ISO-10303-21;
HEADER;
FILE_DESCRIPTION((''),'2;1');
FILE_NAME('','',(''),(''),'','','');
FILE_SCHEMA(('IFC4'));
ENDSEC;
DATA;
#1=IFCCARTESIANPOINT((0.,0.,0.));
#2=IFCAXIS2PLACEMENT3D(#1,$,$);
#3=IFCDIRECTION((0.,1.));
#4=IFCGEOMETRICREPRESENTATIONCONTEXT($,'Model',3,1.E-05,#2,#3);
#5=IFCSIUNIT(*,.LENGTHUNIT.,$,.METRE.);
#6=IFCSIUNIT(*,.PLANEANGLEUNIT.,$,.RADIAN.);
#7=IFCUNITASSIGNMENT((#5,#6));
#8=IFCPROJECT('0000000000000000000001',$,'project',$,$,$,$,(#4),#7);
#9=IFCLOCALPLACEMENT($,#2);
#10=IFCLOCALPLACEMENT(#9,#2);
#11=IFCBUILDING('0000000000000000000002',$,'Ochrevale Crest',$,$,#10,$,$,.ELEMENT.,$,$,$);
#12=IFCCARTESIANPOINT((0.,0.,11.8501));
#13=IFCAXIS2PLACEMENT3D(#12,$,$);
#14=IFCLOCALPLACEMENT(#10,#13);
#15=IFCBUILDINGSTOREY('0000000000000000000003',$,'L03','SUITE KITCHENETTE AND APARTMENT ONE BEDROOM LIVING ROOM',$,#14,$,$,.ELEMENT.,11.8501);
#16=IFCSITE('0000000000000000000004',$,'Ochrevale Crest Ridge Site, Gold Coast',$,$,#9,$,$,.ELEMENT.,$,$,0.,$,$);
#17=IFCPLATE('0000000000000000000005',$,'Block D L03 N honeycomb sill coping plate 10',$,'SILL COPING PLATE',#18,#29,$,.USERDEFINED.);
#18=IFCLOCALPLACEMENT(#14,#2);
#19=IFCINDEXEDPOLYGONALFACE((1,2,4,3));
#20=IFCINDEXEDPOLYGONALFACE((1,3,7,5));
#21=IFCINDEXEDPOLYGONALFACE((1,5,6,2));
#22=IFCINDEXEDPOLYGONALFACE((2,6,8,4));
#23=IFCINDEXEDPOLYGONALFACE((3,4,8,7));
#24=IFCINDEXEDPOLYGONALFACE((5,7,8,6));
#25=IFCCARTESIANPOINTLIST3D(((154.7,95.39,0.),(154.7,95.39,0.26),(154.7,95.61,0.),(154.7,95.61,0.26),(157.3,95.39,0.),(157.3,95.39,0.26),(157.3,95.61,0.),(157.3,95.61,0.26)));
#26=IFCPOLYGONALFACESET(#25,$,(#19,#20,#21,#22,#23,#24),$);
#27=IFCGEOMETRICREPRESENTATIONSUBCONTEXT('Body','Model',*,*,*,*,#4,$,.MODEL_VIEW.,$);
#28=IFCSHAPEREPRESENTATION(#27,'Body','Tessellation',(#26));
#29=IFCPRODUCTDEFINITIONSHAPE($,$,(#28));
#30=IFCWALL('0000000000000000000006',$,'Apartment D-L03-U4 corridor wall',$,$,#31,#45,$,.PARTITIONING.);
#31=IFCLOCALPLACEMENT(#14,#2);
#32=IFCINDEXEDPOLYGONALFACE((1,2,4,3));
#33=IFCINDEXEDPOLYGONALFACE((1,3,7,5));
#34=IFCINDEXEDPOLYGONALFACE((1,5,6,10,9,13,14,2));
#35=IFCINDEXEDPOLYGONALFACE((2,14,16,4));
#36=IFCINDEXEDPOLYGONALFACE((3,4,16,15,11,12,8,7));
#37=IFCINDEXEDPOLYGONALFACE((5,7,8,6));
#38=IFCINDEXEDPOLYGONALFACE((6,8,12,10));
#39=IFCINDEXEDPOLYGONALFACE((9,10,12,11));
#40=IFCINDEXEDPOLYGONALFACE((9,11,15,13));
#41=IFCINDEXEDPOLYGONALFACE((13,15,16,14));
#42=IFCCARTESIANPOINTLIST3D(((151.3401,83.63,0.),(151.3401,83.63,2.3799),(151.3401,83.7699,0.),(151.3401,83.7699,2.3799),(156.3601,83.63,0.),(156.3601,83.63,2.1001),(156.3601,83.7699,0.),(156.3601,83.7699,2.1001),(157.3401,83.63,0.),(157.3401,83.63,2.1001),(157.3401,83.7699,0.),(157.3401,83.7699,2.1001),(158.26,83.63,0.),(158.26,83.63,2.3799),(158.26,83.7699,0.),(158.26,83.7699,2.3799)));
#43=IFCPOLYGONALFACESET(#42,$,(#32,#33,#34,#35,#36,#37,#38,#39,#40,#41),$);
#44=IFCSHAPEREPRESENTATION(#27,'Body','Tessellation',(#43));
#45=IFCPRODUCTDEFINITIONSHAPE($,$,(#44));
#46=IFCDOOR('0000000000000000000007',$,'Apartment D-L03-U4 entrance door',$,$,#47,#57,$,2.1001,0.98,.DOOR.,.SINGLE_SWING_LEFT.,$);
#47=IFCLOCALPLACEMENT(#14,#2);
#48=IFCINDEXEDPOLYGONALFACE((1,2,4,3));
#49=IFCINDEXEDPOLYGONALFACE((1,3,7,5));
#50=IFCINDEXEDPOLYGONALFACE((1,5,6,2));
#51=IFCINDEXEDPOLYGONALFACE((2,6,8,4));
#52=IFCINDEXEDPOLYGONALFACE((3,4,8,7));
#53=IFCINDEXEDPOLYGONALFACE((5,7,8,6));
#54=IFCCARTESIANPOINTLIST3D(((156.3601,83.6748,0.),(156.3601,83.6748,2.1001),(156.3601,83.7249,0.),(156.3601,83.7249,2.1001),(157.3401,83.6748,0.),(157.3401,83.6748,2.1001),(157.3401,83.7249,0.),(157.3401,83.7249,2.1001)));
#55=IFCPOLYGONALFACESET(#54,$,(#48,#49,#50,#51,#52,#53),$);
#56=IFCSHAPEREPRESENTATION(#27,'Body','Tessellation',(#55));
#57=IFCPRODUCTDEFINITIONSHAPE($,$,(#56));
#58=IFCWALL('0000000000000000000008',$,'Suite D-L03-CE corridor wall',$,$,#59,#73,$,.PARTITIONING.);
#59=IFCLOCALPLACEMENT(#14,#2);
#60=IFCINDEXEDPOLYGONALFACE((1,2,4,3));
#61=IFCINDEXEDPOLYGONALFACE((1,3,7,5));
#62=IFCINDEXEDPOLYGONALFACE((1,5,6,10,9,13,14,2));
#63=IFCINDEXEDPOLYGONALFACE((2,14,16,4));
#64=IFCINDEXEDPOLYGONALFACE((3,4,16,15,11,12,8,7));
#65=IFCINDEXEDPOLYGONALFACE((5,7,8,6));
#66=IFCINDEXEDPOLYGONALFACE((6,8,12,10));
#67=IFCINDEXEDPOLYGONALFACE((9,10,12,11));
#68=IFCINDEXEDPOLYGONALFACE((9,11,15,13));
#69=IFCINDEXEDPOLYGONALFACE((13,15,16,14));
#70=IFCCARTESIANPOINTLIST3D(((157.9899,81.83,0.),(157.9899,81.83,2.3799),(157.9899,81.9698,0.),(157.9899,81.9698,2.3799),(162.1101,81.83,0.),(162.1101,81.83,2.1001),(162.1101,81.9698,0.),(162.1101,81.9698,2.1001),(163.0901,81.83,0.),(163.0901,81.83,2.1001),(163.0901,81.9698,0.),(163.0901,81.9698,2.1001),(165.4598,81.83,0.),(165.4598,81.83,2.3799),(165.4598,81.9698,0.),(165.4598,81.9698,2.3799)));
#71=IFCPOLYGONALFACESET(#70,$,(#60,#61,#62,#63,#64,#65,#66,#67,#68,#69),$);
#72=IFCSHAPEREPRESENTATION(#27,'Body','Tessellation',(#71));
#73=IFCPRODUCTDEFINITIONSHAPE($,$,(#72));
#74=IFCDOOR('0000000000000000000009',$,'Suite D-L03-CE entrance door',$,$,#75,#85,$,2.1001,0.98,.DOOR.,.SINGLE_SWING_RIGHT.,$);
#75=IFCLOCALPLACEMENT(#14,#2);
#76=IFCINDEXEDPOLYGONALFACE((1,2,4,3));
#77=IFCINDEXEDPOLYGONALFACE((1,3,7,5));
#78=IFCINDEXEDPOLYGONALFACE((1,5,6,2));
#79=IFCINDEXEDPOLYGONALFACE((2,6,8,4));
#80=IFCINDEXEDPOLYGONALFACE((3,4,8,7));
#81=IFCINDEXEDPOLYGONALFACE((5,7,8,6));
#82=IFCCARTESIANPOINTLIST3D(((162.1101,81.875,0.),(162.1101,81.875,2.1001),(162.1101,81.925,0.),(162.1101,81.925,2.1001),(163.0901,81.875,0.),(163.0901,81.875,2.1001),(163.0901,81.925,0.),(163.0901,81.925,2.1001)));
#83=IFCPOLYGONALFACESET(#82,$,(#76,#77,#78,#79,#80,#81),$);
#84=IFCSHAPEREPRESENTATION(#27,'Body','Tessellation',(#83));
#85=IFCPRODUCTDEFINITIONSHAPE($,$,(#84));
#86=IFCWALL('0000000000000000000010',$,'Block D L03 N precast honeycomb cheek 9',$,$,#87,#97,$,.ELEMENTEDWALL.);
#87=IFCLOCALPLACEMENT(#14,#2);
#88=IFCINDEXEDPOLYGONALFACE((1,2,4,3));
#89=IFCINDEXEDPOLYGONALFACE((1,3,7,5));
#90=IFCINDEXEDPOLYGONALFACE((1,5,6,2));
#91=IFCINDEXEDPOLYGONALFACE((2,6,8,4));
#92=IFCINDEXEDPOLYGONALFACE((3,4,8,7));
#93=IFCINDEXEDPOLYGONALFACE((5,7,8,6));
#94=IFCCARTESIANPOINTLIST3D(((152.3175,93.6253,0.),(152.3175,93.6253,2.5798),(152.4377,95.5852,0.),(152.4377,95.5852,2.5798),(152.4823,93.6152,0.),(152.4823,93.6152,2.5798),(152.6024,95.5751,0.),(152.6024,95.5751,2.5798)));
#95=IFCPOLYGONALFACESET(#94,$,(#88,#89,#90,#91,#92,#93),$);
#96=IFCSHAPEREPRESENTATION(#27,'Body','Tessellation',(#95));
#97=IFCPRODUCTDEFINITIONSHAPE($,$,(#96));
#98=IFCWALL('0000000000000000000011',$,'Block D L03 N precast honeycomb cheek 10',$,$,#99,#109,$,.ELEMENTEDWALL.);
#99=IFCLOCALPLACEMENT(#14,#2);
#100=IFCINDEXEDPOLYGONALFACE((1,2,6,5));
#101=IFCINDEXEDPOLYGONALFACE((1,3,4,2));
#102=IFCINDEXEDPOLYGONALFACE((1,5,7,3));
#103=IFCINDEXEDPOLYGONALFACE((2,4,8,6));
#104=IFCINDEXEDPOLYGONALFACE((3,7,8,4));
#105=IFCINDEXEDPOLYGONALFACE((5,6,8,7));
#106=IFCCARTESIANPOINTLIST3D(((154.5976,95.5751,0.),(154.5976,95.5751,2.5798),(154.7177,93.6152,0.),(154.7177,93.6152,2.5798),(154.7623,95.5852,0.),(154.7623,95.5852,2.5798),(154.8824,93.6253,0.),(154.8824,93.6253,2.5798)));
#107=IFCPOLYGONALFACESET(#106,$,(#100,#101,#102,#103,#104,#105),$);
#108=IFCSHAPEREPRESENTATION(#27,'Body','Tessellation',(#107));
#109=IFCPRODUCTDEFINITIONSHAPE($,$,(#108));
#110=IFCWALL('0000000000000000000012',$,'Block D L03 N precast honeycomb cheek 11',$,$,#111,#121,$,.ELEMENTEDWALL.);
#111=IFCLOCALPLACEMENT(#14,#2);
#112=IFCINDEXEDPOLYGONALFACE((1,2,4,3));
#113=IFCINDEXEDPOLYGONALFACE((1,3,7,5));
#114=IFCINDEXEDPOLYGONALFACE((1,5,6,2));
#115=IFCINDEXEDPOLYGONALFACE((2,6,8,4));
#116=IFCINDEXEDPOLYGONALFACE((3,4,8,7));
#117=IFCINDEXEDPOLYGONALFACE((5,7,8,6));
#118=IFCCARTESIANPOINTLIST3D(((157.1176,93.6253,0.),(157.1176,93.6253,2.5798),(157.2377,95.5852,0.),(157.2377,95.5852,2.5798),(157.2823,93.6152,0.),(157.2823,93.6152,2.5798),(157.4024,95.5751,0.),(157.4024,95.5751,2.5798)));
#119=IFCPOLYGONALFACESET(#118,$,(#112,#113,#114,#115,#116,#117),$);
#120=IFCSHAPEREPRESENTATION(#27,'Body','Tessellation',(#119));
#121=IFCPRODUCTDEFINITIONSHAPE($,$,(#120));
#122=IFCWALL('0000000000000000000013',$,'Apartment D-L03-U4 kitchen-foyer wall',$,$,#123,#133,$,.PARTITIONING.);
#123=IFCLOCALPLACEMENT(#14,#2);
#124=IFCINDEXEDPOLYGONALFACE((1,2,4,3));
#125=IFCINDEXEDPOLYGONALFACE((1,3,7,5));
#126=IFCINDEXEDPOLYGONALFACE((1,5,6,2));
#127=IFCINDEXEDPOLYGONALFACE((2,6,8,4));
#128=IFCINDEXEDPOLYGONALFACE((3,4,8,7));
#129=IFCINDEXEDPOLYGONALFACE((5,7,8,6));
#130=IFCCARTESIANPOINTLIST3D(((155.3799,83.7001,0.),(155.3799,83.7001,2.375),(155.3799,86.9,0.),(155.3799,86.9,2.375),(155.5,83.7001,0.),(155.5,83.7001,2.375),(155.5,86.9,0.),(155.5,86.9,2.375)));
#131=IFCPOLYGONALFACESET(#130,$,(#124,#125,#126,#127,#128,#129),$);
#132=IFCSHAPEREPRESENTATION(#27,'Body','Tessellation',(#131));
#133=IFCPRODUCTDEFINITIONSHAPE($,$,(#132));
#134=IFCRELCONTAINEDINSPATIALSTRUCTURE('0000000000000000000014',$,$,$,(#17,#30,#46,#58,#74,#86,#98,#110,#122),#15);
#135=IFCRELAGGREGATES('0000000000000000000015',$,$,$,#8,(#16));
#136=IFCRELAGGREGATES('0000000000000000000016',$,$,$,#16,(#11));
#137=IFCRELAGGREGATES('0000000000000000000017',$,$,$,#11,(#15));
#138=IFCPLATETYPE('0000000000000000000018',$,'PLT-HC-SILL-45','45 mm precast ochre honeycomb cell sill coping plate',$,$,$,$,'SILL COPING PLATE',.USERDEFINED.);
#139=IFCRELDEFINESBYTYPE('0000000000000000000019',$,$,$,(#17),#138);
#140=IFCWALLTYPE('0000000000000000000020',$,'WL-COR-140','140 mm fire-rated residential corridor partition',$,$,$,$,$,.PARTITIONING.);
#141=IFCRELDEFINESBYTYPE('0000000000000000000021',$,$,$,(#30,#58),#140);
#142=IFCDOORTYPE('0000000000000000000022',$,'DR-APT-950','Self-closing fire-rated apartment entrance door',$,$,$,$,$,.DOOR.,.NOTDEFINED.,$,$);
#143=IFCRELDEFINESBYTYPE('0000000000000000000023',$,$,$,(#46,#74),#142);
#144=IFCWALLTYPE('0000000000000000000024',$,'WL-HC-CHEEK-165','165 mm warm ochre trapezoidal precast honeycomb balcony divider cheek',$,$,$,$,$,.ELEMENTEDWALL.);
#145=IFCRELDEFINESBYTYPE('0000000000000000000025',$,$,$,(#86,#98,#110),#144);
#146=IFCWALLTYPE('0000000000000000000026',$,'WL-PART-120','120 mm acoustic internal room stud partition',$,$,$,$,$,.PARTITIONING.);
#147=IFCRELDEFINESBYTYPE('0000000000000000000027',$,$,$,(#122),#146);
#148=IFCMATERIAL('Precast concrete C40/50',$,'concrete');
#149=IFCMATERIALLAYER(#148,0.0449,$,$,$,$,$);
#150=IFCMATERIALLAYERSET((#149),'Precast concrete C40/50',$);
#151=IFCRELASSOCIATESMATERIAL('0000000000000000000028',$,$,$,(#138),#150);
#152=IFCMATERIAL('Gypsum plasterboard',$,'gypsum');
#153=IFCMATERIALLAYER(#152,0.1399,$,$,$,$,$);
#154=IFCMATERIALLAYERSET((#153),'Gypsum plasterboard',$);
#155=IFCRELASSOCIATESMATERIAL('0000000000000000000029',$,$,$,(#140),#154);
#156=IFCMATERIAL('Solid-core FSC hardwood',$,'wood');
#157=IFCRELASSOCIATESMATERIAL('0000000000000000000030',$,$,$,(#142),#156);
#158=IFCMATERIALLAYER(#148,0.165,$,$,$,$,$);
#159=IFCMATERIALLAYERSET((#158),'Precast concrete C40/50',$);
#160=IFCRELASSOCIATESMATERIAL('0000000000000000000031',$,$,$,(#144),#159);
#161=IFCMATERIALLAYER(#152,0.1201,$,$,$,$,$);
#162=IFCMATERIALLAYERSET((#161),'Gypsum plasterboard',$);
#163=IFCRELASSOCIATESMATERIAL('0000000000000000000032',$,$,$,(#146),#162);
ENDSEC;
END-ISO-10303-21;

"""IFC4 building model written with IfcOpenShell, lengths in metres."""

from ifc_helpers import new_model, si_unit, direction, frame, frame_2d, origin, origin_2d, place, context, subcontext, project, spatial, rectangle, extrude, material, layer, layer_set, type_object, element, fill, save


model = new_model("IFC4")

# Units and contexts
model_context = context("Model", 3, precision=1e-05, world=origin(), true_north=direction((0.0, 1.0)))
body_context = subcontext(model_context, "Body", "Model", "MODEL_VIEW")
ifc_project = project(units=[si_unit("LENGTHUNIT", "METRE"), si_unit("PLANEANGLEUNIT", "RADIAN")], contexts=[model_context])

# Site, building, storey
site_placement = place(None, origin())
site = spatial("IfcSite", under=ifc_project, at=site_placement, Name="Ochrevale Crest Ridge Site, Gold Coast", CompositionType="ELEMENT", RefElevation=0.0)
building_placement = place(site_placement, origin())
building = spatial("IfcBuilding", under=site, at=building_placement, Name="Ochrevale Crest", CompositionType="ELEMENT")
storey_placement = place(building_placement, frame((0.0, 0.0, 11.8501)))
storey = spatial("IfcBuildingStorey", under=building, at=storey_placement, Name="L03", Description="SUITE KITCHENETTE AND APARTMENT ONE BEDROOM LIVING ROOM", CompositionType="ELEMENT", Elevation=11.8501)

# Shared definitions
ifc_material_1 = material(Name="Precast concrete C40/50", Category="concrete")

# Plate
ifc_layer_1 = layer(ifc_material_1, 0.0449)
ifc_layer_set_1 = layer_set([ifc_layer_1], Name="Precast concrete C40/50")
plate_type_1 = type_object("IfcPlateType", Name="PLT-HC-SILL-45", Description="45 mm precast ochre honeycomb cell sill coping plate", ElementType="SILL COPING PLATE", PredefinedType="USERDEFINED", material=ifc_layer_set_1)
for number, where, z_axis, x_axis, name in (
    (1, (156.0, 95.5, 0.0), (0.0, 0.0, 1.0), (1.0, 0.0, 0.0), "Block D L03 N honeycomb sill coping plate 10"),
):
    element("IfcPlate", number, at=place(storey_placement, frame(where, z_axis=z_axis, x_axis=x_axis)), inside=storey, type_object=plate_type_1, Name=name, ObjectType="SILL COPING PLATE", PredefinedType="USERDEFINED", context=body_context, shape_type="SweptSolid", body=[
        extrude(rectangle(XDim=2.6001, YDim=0.22, at=origin_2d()), origin(), (0.0, 0.0, 1.0), 0.26),
    ])

# Walls, openings, doors
ifc_material_2 = material(Name="Gypsum plasterboard", Category="gypsum")
ifc_layer_2 = layer(ifc_material_2, 0.1399)
ifc_layer_set_2 = layer_set([ifc_layer_2], Name="Gypsum plasterboard")
wall_type_1 = type_object("IfcWallType", Name="WL-COR-140", Description="140 mm fire-rated residential corridor partition", PredefinedType="PARTITIONING", material=ifc_layer_set_2)
wall_1_placement = place(storey_placement, frame((151.3401, 83.7, 0.0), z_axis=(0.0, 0.0, 1.0), x_axis=(1.0, 0.0, 0.0)))
wall_1 = element("IfcWall", 2, at=wall_1_placement, inside=storey, type_object=wall_type_1, Name="Apartment D-L03-U4 corridor wall", PredefinedType="PARTITIONING", context=body_context, shape_type="SweptSolid", body=[
    extrude(rectangle(XDim=6.9199, YDim=0.1399, at=frame_2d((3.46, 0.0))), origin(), (0.0, 0.0, 1.0), 2.3799),
])
opening_1_placement = place(wall_1_placement, frame((5.02, 0.0, 0.0)))
opening_1 = element("IfcOpeningElement", 3, at=opening_1_placement, cuts=wall_1, PredefinedType="OPENING", context=body_context, shape_type="SweptSolid", body=[
    extrude(rectangle(XDim=0.98, YDim=2.1001, at=frame_2d((0.49, 1.05))), frame((0.0, 0.0801, 0.0), z_axis=(0.0, -1.0, 0.0), x_axis=(1.0, 0.0, 0.0)), (0.0, 0.0, 1.0), 0.1599),
])
ifc_material_3 = material(Name="Solid-core FSC hardwood", Category="wood")
door_type_1 = type_object("IfcDoorType", Name="DR-APT-950", Description="Self-closing fire-rated apartment entrance door", OperationType="NOTDEFINED", PredefinedType="DOOR", material=ifc_material_3)
door_1_placement = place(opening_1_placement, origin())
door_1 = element("IfcDoor", 4, at=door_1_placement, inside=storey, type_object=door_type_1, Name="Apartment D-L03-U4 entrance door", OperationType="SINGLE_SWING_LEFT", OverallHeight=2.1001, OverallWidth=0.98, PredefinedType="DOOR", context=body_context, shape_type="SweptSolid", body=[
    extrude(rectangle(XDim=0.98, YDim=2.1001, at=frame_2d((0.49, 1.05))), frame((0.0, 0.0249, 0.0), z_axis=(0.0, -1.0, 0.0), x_axis=(1.0, 0.0, 0.0)), (0.0, 0.0, 1.0), 0.05),
])
fill(opening_1, door_1)
wall_2_placement = place(storey_placement, frame((157.99, 81.8999, 0.0), z_axis=(0.0, 0.0, 1.0), x_axis=(1.0, 0.0, 0.0)))
wall_2 = element("IfcWall", 5, at=wall_2_placement, inside=storey, type_object=wall_type_1, Name="Suite D-L03-CE corridor wall", PredefinedType="PARTITIONING", context=body_context, shape_type="SweptSolid", body=[
    extrude(rectangle(XDim=7.47, YDim=0.1399, at=frame_2d((3.7349, 0.0))), origin(), (0.0, 0.0, 1.0), 2.3799),
])
opening_2_placement = place(wall_2_placement, frame((5.1001, 0.0, 0.0), z_axis=(0.0, 0.0, 1.0), x_axis=(-1.0, 0.0, 0.0)))
opening_2 = element("IfcOpeningElement", 6, at=opening_2_placement, cuts=wall_2, PredefinedType="OPENING", context=body_context, shape_type="SweptSolid", body=[
    extrude(rectangle(XDim=0.98, YDim=2.1001, at=frame_2d((0.49, 1.05))), frame((0.0, 0.0801, 0.0), z_axis=(0.0, -1.0, 0.0), x_axis=(1.0, 0.0, 0.0)), (0.0, 0.0, 1.0), 0.1599),
])
door_2_placement = place(opening_2_placement, origin())
door_2 = element("IfcDoor", 7, at=door_2_placement, inside=storey, type_object=door_type_1, Name="Suite D-L03-CE entrance door", OperationType="SINGLE_SWING_RIGHT", OverallHeight=2.1001, OverallWidth=0.98, PredefinedType="DOOR", context=body_context, shape_type="SweptSolid", body=[
    extrude(rectangle(XDim=0.98, YDim=2.1001, at=frame_2d((0.49, 1.05))), frame((0.0, 0.0249, 0.0), z_axis=(0.0, -1.0, 0.0), x_axis=(1.0, 0.0, 0.0)), (0.0, 0.0, 1.0), 0.05),
])
fill(opening_2, door_2)

# Walls
ifc_layer_3 = layer(ifc_material_1, 0.165)
ifc_layer_set_3 = layer_set([ifc_layer_3], Name="Precast concrete C40/50")
wall_type_2 = type_object("IfcWallType", Name="WL-HC-CHEEK-165", Description="165 mm warm ochre trapezoidal precast honeycomb balcony divider cheek", PredefinedType="ELEMENTEDWALL", material=ifc_layer_set_3)
for number, where, z_axis, x_axis, name in (
    (8, (152.3999, 93.6201, 0.0), (0.0, 0.0, 1.0), (0.061171, 0.998127, 0.0), "Block D L03 N precast honeycomb cheek 9"),
    (9, (154.8, 93.6201, 0.0), (0.0, 0.0, 1.0), (-0.061171, 0.998127, 0.0), "Block D L03 N precast honeycomb cheek 10"),
    (10, (157.2, 93.6201, 0.0), (0.0, 0.0, 1.0), (0.061171, 0.998127, 0.0), "Block D L03 N precast honeycomb cheek 11"),
):
    element("IfcWall", number, at=place(storey_placement, frame(where, z_axis=z_axis, x_axis=x_axis)), inside=storey, type_object=wall_type_2, Name=name, PredefinedType="ELEMENTEDWALL", context=body_context, shape_type="SweptSolid", body=[
        extrude(rectangle(XDim=1.9636, YDim=0.165, at=frame_2d((0.9819, 0.0))), origin(), (0.0, 0.0, 1.0), 2.5798),
    ])
ifc_layer_4 = layer(ifc_material_2, 0.1201)
ifc_layer_set_4 = layer_set([ifc_layer_4], Name="Gypsum plasterboard")
wall_type_3 = type_object("IfcWallType", Name="WL-PART-120", Description="120 mm acoustic internal room stud partition", PredefinedType="PARTITIONING", material=ifc_layer_set_4)
wall_3_placement = place(storey_placement, frame((155.4399, 83.7, 0.0), z_axis=(0.0, 0.0, 1.0), x_axis=(0.0, 1.0, 0.0)))
element("IfcWall", 11, at=wall_3_placement, inside=storey, type_object=wall_type_3, Name="Apartment D-L03-U4 kitchen-foyer wall", PredefinedType="PARTITIONING", context=body_context, shape_type="SweptSolid", body=[
    extrude(rectangle(XDim=3.2, YDim=0.1201, at=frame_2d((1.6001, 0.0))), origin(), (0.0, 0.0, 1.0), 2.375),
])

save(model, "model.ifc")
